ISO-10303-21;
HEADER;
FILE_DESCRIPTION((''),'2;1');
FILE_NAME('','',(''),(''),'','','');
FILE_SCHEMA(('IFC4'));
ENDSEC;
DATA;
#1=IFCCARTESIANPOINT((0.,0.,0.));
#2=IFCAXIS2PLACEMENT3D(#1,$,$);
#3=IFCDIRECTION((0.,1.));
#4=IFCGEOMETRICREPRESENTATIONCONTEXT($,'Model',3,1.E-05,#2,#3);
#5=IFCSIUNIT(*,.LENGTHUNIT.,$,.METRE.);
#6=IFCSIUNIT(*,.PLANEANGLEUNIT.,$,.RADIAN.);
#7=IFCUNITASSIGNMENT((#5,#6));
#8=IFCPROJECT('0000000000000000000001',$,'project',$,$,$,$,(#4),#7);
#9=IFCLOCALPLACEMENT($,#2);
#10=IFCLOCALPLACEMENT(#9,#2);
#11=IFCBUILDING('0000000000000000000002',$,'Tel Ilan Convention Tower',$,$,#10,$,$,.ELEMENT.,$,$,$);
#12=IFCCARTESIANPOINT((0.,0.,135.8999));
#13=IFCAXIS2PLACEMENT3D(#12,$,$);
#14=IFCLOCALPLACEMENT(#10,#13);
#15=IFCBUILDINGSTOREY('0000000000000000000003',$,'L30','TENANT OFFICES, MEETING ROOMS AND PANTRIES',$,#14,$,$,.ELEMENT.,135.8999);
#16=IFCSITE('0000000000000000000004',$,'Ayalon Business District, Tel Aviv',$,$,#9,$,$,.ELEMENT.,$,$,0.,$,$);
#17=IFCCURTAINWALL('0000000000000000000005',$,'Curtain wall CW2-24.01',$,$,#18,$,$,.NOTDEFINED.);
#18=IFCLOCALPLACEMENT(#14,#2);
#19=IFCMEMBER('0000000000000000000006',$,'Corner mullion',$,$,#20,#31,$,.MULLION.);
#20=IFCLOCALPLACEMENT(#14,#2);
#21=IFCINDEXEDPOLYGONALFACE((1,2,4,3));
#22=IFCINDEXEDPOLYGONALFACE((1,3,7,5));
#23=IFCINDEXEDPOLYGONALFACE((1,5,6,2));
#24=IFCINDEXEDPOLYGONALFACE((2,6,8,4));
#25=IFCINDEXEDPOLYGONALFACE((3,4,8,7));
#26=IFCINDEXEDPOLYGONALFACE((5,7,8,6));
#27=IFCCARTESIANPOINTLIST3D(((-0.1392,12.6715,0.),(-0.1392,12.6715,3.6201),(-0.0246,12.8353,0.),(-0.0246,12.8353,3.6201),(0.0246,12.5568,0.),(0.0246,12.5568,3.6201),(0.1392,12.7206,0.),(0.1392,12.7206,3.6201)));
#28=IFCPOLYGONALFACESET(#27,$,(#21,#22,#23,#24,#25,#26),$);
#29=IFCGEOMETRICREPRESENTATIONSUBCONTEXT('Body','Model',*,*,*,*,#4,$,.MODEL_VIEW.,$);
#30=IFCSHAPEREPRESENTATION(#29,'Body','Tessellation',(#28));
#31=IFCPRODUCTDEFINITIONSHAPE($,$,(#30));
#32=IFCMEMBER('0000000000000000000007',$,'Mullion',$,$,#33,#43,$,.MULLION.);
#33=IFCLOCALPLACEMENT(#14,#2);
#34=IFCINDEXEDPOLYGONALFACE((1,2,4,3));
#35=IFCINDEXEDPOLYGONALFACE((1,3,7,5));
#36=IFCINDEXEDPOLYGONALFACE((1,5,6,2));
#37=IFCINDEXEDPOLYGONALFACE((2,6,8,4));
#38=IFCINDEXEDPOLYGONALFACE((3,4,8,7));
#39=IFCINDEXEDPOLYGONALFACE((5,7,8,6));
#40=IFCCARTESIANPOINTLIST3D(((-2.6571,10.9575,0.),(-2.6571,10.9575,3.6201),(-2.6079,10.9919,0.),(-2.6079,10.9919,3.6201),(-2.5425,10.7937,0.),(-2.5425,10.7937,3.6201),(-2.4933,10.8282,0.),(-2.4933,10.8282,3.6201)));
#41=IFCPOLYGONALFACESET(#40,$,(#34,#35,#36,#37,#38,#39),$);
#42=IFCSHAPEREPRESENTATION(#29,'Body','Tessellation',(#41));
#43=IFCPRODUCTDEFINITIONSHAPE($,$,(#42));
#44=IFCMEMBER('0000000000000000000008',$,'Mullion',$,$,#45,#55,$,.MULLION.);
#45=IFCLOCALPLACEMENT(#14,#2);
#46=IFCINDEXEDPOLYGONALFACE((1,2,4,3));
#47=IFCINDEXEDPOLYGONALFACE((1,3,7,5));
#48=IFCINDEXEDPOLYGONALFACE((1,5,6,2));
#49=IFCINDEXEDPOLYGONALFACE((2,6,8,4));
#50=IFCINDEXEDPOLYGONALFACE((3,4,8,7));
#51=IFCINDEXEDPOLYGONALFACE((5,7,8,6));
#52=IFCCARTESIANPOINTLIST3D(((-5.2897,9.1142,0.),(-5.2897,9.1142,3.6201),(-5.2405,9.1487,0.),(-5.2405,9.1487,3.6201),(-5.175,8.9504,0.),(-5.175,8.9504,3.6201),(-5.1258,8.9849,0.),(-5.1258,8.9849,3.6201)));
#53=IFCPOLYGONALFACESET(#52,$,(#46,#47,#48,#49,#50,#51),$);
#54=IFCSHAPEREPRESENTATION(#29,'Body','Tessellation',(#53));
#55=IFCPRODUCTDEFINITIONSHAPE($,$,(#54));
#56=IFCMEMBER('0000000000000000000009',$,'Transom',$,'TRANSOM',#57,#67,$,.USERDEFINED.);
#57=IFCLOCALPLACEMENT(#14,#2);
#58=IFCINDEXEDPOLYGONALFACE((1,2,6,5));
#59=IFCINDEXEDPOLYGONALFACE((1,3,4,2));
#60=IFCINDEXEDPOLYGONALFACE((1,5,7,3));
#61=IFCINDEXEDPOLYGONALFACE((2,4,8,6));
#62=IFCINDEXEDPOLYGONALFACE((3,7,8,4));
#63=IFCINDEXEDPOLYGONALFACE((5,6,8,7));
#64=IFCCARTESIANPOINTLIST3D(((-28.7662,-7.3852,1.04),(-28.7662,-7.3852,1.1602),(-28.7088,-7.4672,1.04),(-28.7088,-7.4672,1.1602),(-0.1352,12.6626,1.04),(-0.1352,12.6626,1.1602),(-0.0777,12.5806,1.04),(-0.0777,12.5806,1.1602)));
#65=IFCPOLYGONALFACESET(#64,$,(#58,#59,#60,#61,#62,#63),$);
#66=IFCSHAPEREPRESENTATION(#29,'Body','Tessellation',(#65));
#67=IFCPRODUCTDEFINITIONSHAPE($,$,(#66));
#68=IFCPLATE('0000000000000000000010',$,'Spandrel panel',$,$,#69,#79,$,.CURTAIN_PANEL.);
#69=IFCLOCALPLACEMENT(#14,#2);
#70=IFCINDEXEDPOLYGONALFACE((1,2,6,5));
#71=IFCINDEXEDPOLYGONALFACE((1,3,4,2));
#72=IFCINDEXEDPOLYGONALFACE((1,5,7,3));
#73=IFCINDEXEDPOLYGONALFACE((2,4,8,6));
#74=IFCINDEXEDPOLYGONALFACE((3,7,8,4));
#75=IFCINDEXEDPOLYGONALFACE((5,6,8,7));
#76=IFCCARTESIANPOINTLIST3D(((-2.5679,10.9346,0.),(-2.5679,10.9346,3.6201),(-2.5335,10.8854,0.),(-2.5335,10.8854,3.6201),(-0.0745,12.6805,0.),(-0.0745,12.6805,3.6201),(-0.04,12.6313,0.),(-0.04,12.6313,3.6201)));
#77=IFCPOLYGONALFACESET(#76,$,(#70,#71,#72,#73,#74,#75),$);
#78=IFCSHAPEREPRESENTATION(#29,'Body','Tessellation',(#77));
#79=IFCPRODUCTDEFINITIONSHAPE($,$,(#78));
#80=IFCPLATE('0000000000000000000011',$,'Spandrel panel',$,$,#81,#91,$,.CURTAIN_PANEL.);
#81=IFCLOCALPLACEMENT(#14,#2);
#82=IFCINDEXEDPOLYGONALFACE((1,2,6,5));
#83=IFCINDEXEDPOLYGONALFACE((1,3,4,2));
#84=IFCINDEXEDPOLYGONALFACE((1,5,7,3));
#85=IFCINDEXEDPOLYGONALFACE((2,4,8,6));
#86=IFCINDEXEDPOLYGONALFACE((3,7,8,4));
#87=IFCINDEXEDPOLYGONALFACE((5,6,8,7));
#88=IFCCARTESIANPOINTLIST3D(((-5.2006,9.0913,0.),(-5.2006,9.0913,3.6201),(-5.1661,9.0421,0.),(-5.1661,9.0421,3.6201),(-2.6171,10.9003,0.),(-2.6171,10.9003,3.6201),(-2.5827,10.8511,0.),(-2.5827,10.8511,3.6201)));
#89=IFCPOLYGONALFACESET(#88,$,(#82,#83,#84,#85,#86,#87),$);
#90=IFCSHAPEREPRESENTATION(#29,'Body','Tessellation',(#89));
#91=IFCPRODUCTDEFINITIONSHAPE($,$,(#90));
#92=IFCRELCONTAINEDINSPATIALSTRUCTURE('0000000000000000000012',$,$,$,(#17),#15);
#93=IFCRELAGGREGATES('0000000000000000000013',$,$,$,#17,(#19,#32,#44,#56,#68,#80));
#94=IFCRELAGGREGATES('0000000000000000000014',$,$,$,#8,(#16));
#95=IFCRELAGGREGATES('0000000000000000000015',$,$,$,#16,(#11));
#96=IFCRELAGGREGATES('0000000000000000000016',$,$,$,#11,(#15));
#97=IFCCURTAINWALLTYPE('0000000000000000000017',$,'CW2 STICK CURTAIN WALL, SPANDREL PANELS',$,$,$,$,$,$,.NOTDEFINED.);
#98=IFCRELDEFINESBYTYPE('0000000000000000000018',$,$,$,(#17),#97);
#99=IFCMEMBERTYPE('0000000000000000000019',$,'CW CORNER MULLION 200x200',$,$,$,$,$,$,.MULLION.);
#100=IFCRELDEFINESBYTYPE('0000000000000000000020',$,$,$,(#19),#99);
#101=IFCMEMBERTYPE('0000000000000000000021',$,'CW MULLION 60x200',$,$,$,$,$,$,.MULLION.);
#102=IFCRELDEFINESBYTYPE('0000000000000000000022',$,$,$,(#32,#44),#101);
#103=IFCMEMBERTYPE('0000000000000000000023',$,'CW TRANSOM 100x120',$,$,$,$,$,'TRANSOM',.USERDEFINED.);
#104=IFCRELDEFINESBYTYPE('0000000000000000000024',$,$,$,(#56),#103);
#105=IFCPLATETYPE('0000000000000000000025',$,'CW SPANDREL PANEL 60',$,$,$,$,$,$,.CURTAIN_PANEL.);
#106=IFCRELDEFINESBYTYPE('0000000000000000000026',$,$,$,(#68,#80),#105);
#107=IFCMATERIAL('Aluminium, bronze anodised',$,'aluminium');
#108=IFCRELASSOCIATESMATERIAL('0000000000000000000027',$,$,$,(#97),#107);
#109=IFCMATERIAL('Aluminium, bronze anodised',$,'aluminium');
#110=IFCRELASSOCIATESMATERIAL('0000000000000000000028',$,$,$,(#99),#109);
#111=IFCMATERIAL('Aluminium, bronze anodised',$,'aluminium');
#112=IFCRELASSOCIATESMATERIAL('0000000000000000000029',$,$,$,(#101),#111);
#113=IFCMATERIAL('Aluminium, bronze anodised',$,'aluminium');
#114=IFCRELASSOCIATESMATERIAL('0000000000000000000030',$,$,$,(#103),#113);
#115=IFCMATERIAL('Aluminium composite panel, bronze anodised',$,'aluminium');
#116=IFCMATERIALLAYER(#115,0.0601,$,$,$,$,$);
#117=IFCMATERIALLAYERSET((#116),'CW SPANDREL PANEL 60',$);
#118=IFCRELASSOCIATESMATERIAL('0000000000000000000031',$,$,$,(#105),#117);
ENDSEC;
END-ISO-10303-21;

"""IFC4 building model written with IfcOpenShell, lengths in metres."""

from ifc_helpers import new_model, si_unit, direction, frame, origin, origin_2d, place, context, subcontext, project, spatial, rectangle, extrude, material, layer, layer_set, material_profile, profile_set, type_object, element, aggregate, save


model = new_model("IFC4")

# Units and contexts
model_context = context("Model", 3, precision=1e-05, world=origin(), true_north=direction((0.0, 1.0)))
body_context = subcontext(model_context, "Body", "Model", "MODEL_VIEW")
ifc_project = project(units=[si_unit("LENGTHUNIT", "METRE"), si_unit("PLANEANGLEUNIT", "RADIAN")], contexts=[model_context])

# Site, building, storey
site_placement = place(None, origin())
site = spatial("IfcSite", under=ifc_project, at=site_placement, Name="Ayalon Business District, Tel Aviv", CompositionType="ELEMENT", RefElevation=0.0)
building_placement = place(site_placement, origin())
building = spatial("IfcBuilding", under=site, at=building_placement, Name="Tel Ilan Convention Tower", CompositionType="ELEMENT")
storey_placement = place(building_placement, frame((0.0, 0.0, 135.8999)))
storey = spatial("IfcBuildingStorey", under=building, at=storey_placement, Name="L30", Description="TENANT OFFICES, MEETING ROOMS AND PANTRIES", CompositionType="ELEMENT", Elevation=135.8999)

# Curtain wall, members, plates
ifc_material_1 = material(Name="Aluminium, bronze anodised", Category="aluminium")
curtain_wall_type = type_object("IfcCurtainWallType", Name="CW2 STICK CURTAIN WALL, SPANDREL PANELS", PredefinedType="NOTDEFINED", material=ifc_material_1)
curtain_wall_placement = place(storey_placement, origin())
curtain_wall = element("IfcCurtainWall", 1, at=curtain_wall_placement, inside=storey, type_object=curtain_wall_type, Name="Curtain wall CW2-24.01", PredefinedType="NOTDEFINED")
ifc_material_2 = material(Name="Aluminium, bronze anodised", Category="aluminium")
ifc_material_profile_1 = material_profile(ifc_material_2, rectangle(XDim=0.2, YDim=0.2, at=origin_2d()), Name="CW CORNER MULLION 200x200")
ifc_profile_set_1 = profile_set([ifc_material_profile_1], Name="Aluminium, bronze anodised")
member_type_1 = type_object("IfcMemberType", Name="CW CORNER MULLION 200x200", PredefinedType="MULLION", material=ifc_profile_set_1)
member_1_placement = place(storey_placement, frame((0.0, 12.696, 0.0), z_axis=(0.0, 0.0, 1.0), x_axis=(-0.819152, 0.573576, 0.0)))
member_1 = element("IfcMember", 2, at=member_1_placement, type_object=member_type_1, Name="Corner mullion", PredefinedType="MULLION", context=body_context, shape_type="SweptSolid", body=[
    extrude(rectangle(XDim=0.2, YDim=0.2, at=origin_2d()), origin(), (0.0, 0.0, 1.0), 3.6201),
])
ifc_material_3 = material(Name="Aluminium, bronze anodised", Category="aluminium")
ifc_material_profile_2 = material_profile(ifc_material_3, rectangle(XDim=0.0601, YDim=0.2, at=origin_2d()), Name="CW MULLION 60x200")
ifc_profile_set_2 = profile_set([ifc_material_profile_2], Name="Aluminium, bronze anodised")
member_type_2 = type_object("IfcMemberType", Name="CW MULLION 60x200", PredefinedType="MULLION", material=ifc_profile_set_2)
member_2_placement = place(storey_placement, frame((-2.5752, 10.8928, 0.0), z_axis=(0.0, 0.0, 1.0), x_axis=(-0.819152, -0.573576, 0.0)))
member_2 = element("IfcMember", 3, at=member_2_placement, type_object=member_type_2, Name="Mullion", PredefinedType="MULLION", context=body_context, shape_type="SweptSolid", body=[
    extrude(rectangle(XDim=0.0601, YDim=0.2, at=origin_2d()), origin(), (0.0, 0.0, 1.0), 3.6201),
])
member_3_placement = place(storey_placement, frame((-5.2078, 9.0496, 0.0), z_axis=(0.0, 0.0, 1.0), x_axis=(-0.819152, -0.573576, 0.0)))
member_3 = element("IfcMember", 4, at=member_3_placement, type_object=member_type_2, Name="Mullion", PredefinedType="MULLION", context=body_context, shape_type="SweptSolid", body=[
    extrude(rectangle(XDim=0.0601, YDim=0.2, at=origin_2d()), origin(), (0.0, 0.0, 1.0), 3.6201),
])
ifc_material_4 = material(Name="Aluminium, bronze anodised", Category="aluminium")
ifc_material_profile_3 = material_profile(ifc_material_4, rectangle(XDim=0.1001, YDim=0.1201, at=origin_2d()), Name="CW TRANSOM 100x120")
ifc_profile_set_3 = profile_set([ifc_material_profile_3], Name="Aluminium, bronze anodised")
member_type_3 = type_object("IfcMemberType", Name="CW TRANSOM 100x120", ElementType="TRANSOM", PredefinedType="USERDEFINED", material=ifc_profile_set_3)
member_4_placement = place(storey_placement, frame((-0.1064, 12.6216, 1.1001), z_axis=(-0.81915, -0.573579, 0.0), x_axis=(0.573579, -0.81915, 0.0)))
member_4 = element("IfcMember", 5, at=member_4_placement, type_object=member_type_3, Name="Transom", ObjectType="TRANSOM", PredefinedType="USERDEFINED", context=body_context, shape_type="SweptSolid", body=[
    extrude(rectangle(XDim=0.1001, YDim=0.1201, at=origin_2d()), origin(), (0.0, 0.0, 1.0), 34.9521),
])
ifc_material_5 = material(Name="Aluminium composite panel, bronze anodised", Category="aluminium")
ifc_layer_1 = layer(ifc_material_5, 0.0601)
ifc_layer_set_1 = layer_set([ifc_layer_1], Name="CW SPANDREL PANEL 60")
plate_type = type_object("IfcPlateType", Name="CW SPANDREL PANEL 60", PredefinedType="CURTAIN_PANEL", material=ifc_layer_set_1)
plate_1_placement = place(storey_placement, frame((-1.304, 11.783, 0.0), z_axis=(0.0, 0.0, 1.0), x_axis=(-0.819152, -0.573576, 0.0)))
plate_1 = element("IfcPlate", 6, at=plate_1_placement, type_object=plate_type, Name="Spandrel panel", PredefinedType="CURTAIN_PANEL", context=body_context, shape_type="SweptSolid", body=[
    extrude(rectangle(XDim=3.0439, YDim=0.0601, at=origin_2d()), origin(), (0.0, 0.0, 1.0), 3.6201),
])
plate_2_placement = place(storey_placement, frame((-3.8916, 9.9712, 0.0), z_axis=(0.0, 0.0, 1.0), x_axis=(-0.819152, -0.573576, 0.0)))
plate_2 = element("IfcPlate", 7, at=plate_2_placement, type_object=plate_type, Name="Spandrel panel", PredefinedType="CURTAIN_PANEL", context=body_context, shape_type="SweptSolid", body=[
    extrude(rectangle(XDim=3.1538, YDim=0.0601, at=origin_2d()), origin(), (0.0, 0.0, 1.0), 3.6201),
])
aggregate(curtain_wall, [member_1, member_2, member_3, member_4, plate_1, plate_2])

save(model, "model.ifc")
